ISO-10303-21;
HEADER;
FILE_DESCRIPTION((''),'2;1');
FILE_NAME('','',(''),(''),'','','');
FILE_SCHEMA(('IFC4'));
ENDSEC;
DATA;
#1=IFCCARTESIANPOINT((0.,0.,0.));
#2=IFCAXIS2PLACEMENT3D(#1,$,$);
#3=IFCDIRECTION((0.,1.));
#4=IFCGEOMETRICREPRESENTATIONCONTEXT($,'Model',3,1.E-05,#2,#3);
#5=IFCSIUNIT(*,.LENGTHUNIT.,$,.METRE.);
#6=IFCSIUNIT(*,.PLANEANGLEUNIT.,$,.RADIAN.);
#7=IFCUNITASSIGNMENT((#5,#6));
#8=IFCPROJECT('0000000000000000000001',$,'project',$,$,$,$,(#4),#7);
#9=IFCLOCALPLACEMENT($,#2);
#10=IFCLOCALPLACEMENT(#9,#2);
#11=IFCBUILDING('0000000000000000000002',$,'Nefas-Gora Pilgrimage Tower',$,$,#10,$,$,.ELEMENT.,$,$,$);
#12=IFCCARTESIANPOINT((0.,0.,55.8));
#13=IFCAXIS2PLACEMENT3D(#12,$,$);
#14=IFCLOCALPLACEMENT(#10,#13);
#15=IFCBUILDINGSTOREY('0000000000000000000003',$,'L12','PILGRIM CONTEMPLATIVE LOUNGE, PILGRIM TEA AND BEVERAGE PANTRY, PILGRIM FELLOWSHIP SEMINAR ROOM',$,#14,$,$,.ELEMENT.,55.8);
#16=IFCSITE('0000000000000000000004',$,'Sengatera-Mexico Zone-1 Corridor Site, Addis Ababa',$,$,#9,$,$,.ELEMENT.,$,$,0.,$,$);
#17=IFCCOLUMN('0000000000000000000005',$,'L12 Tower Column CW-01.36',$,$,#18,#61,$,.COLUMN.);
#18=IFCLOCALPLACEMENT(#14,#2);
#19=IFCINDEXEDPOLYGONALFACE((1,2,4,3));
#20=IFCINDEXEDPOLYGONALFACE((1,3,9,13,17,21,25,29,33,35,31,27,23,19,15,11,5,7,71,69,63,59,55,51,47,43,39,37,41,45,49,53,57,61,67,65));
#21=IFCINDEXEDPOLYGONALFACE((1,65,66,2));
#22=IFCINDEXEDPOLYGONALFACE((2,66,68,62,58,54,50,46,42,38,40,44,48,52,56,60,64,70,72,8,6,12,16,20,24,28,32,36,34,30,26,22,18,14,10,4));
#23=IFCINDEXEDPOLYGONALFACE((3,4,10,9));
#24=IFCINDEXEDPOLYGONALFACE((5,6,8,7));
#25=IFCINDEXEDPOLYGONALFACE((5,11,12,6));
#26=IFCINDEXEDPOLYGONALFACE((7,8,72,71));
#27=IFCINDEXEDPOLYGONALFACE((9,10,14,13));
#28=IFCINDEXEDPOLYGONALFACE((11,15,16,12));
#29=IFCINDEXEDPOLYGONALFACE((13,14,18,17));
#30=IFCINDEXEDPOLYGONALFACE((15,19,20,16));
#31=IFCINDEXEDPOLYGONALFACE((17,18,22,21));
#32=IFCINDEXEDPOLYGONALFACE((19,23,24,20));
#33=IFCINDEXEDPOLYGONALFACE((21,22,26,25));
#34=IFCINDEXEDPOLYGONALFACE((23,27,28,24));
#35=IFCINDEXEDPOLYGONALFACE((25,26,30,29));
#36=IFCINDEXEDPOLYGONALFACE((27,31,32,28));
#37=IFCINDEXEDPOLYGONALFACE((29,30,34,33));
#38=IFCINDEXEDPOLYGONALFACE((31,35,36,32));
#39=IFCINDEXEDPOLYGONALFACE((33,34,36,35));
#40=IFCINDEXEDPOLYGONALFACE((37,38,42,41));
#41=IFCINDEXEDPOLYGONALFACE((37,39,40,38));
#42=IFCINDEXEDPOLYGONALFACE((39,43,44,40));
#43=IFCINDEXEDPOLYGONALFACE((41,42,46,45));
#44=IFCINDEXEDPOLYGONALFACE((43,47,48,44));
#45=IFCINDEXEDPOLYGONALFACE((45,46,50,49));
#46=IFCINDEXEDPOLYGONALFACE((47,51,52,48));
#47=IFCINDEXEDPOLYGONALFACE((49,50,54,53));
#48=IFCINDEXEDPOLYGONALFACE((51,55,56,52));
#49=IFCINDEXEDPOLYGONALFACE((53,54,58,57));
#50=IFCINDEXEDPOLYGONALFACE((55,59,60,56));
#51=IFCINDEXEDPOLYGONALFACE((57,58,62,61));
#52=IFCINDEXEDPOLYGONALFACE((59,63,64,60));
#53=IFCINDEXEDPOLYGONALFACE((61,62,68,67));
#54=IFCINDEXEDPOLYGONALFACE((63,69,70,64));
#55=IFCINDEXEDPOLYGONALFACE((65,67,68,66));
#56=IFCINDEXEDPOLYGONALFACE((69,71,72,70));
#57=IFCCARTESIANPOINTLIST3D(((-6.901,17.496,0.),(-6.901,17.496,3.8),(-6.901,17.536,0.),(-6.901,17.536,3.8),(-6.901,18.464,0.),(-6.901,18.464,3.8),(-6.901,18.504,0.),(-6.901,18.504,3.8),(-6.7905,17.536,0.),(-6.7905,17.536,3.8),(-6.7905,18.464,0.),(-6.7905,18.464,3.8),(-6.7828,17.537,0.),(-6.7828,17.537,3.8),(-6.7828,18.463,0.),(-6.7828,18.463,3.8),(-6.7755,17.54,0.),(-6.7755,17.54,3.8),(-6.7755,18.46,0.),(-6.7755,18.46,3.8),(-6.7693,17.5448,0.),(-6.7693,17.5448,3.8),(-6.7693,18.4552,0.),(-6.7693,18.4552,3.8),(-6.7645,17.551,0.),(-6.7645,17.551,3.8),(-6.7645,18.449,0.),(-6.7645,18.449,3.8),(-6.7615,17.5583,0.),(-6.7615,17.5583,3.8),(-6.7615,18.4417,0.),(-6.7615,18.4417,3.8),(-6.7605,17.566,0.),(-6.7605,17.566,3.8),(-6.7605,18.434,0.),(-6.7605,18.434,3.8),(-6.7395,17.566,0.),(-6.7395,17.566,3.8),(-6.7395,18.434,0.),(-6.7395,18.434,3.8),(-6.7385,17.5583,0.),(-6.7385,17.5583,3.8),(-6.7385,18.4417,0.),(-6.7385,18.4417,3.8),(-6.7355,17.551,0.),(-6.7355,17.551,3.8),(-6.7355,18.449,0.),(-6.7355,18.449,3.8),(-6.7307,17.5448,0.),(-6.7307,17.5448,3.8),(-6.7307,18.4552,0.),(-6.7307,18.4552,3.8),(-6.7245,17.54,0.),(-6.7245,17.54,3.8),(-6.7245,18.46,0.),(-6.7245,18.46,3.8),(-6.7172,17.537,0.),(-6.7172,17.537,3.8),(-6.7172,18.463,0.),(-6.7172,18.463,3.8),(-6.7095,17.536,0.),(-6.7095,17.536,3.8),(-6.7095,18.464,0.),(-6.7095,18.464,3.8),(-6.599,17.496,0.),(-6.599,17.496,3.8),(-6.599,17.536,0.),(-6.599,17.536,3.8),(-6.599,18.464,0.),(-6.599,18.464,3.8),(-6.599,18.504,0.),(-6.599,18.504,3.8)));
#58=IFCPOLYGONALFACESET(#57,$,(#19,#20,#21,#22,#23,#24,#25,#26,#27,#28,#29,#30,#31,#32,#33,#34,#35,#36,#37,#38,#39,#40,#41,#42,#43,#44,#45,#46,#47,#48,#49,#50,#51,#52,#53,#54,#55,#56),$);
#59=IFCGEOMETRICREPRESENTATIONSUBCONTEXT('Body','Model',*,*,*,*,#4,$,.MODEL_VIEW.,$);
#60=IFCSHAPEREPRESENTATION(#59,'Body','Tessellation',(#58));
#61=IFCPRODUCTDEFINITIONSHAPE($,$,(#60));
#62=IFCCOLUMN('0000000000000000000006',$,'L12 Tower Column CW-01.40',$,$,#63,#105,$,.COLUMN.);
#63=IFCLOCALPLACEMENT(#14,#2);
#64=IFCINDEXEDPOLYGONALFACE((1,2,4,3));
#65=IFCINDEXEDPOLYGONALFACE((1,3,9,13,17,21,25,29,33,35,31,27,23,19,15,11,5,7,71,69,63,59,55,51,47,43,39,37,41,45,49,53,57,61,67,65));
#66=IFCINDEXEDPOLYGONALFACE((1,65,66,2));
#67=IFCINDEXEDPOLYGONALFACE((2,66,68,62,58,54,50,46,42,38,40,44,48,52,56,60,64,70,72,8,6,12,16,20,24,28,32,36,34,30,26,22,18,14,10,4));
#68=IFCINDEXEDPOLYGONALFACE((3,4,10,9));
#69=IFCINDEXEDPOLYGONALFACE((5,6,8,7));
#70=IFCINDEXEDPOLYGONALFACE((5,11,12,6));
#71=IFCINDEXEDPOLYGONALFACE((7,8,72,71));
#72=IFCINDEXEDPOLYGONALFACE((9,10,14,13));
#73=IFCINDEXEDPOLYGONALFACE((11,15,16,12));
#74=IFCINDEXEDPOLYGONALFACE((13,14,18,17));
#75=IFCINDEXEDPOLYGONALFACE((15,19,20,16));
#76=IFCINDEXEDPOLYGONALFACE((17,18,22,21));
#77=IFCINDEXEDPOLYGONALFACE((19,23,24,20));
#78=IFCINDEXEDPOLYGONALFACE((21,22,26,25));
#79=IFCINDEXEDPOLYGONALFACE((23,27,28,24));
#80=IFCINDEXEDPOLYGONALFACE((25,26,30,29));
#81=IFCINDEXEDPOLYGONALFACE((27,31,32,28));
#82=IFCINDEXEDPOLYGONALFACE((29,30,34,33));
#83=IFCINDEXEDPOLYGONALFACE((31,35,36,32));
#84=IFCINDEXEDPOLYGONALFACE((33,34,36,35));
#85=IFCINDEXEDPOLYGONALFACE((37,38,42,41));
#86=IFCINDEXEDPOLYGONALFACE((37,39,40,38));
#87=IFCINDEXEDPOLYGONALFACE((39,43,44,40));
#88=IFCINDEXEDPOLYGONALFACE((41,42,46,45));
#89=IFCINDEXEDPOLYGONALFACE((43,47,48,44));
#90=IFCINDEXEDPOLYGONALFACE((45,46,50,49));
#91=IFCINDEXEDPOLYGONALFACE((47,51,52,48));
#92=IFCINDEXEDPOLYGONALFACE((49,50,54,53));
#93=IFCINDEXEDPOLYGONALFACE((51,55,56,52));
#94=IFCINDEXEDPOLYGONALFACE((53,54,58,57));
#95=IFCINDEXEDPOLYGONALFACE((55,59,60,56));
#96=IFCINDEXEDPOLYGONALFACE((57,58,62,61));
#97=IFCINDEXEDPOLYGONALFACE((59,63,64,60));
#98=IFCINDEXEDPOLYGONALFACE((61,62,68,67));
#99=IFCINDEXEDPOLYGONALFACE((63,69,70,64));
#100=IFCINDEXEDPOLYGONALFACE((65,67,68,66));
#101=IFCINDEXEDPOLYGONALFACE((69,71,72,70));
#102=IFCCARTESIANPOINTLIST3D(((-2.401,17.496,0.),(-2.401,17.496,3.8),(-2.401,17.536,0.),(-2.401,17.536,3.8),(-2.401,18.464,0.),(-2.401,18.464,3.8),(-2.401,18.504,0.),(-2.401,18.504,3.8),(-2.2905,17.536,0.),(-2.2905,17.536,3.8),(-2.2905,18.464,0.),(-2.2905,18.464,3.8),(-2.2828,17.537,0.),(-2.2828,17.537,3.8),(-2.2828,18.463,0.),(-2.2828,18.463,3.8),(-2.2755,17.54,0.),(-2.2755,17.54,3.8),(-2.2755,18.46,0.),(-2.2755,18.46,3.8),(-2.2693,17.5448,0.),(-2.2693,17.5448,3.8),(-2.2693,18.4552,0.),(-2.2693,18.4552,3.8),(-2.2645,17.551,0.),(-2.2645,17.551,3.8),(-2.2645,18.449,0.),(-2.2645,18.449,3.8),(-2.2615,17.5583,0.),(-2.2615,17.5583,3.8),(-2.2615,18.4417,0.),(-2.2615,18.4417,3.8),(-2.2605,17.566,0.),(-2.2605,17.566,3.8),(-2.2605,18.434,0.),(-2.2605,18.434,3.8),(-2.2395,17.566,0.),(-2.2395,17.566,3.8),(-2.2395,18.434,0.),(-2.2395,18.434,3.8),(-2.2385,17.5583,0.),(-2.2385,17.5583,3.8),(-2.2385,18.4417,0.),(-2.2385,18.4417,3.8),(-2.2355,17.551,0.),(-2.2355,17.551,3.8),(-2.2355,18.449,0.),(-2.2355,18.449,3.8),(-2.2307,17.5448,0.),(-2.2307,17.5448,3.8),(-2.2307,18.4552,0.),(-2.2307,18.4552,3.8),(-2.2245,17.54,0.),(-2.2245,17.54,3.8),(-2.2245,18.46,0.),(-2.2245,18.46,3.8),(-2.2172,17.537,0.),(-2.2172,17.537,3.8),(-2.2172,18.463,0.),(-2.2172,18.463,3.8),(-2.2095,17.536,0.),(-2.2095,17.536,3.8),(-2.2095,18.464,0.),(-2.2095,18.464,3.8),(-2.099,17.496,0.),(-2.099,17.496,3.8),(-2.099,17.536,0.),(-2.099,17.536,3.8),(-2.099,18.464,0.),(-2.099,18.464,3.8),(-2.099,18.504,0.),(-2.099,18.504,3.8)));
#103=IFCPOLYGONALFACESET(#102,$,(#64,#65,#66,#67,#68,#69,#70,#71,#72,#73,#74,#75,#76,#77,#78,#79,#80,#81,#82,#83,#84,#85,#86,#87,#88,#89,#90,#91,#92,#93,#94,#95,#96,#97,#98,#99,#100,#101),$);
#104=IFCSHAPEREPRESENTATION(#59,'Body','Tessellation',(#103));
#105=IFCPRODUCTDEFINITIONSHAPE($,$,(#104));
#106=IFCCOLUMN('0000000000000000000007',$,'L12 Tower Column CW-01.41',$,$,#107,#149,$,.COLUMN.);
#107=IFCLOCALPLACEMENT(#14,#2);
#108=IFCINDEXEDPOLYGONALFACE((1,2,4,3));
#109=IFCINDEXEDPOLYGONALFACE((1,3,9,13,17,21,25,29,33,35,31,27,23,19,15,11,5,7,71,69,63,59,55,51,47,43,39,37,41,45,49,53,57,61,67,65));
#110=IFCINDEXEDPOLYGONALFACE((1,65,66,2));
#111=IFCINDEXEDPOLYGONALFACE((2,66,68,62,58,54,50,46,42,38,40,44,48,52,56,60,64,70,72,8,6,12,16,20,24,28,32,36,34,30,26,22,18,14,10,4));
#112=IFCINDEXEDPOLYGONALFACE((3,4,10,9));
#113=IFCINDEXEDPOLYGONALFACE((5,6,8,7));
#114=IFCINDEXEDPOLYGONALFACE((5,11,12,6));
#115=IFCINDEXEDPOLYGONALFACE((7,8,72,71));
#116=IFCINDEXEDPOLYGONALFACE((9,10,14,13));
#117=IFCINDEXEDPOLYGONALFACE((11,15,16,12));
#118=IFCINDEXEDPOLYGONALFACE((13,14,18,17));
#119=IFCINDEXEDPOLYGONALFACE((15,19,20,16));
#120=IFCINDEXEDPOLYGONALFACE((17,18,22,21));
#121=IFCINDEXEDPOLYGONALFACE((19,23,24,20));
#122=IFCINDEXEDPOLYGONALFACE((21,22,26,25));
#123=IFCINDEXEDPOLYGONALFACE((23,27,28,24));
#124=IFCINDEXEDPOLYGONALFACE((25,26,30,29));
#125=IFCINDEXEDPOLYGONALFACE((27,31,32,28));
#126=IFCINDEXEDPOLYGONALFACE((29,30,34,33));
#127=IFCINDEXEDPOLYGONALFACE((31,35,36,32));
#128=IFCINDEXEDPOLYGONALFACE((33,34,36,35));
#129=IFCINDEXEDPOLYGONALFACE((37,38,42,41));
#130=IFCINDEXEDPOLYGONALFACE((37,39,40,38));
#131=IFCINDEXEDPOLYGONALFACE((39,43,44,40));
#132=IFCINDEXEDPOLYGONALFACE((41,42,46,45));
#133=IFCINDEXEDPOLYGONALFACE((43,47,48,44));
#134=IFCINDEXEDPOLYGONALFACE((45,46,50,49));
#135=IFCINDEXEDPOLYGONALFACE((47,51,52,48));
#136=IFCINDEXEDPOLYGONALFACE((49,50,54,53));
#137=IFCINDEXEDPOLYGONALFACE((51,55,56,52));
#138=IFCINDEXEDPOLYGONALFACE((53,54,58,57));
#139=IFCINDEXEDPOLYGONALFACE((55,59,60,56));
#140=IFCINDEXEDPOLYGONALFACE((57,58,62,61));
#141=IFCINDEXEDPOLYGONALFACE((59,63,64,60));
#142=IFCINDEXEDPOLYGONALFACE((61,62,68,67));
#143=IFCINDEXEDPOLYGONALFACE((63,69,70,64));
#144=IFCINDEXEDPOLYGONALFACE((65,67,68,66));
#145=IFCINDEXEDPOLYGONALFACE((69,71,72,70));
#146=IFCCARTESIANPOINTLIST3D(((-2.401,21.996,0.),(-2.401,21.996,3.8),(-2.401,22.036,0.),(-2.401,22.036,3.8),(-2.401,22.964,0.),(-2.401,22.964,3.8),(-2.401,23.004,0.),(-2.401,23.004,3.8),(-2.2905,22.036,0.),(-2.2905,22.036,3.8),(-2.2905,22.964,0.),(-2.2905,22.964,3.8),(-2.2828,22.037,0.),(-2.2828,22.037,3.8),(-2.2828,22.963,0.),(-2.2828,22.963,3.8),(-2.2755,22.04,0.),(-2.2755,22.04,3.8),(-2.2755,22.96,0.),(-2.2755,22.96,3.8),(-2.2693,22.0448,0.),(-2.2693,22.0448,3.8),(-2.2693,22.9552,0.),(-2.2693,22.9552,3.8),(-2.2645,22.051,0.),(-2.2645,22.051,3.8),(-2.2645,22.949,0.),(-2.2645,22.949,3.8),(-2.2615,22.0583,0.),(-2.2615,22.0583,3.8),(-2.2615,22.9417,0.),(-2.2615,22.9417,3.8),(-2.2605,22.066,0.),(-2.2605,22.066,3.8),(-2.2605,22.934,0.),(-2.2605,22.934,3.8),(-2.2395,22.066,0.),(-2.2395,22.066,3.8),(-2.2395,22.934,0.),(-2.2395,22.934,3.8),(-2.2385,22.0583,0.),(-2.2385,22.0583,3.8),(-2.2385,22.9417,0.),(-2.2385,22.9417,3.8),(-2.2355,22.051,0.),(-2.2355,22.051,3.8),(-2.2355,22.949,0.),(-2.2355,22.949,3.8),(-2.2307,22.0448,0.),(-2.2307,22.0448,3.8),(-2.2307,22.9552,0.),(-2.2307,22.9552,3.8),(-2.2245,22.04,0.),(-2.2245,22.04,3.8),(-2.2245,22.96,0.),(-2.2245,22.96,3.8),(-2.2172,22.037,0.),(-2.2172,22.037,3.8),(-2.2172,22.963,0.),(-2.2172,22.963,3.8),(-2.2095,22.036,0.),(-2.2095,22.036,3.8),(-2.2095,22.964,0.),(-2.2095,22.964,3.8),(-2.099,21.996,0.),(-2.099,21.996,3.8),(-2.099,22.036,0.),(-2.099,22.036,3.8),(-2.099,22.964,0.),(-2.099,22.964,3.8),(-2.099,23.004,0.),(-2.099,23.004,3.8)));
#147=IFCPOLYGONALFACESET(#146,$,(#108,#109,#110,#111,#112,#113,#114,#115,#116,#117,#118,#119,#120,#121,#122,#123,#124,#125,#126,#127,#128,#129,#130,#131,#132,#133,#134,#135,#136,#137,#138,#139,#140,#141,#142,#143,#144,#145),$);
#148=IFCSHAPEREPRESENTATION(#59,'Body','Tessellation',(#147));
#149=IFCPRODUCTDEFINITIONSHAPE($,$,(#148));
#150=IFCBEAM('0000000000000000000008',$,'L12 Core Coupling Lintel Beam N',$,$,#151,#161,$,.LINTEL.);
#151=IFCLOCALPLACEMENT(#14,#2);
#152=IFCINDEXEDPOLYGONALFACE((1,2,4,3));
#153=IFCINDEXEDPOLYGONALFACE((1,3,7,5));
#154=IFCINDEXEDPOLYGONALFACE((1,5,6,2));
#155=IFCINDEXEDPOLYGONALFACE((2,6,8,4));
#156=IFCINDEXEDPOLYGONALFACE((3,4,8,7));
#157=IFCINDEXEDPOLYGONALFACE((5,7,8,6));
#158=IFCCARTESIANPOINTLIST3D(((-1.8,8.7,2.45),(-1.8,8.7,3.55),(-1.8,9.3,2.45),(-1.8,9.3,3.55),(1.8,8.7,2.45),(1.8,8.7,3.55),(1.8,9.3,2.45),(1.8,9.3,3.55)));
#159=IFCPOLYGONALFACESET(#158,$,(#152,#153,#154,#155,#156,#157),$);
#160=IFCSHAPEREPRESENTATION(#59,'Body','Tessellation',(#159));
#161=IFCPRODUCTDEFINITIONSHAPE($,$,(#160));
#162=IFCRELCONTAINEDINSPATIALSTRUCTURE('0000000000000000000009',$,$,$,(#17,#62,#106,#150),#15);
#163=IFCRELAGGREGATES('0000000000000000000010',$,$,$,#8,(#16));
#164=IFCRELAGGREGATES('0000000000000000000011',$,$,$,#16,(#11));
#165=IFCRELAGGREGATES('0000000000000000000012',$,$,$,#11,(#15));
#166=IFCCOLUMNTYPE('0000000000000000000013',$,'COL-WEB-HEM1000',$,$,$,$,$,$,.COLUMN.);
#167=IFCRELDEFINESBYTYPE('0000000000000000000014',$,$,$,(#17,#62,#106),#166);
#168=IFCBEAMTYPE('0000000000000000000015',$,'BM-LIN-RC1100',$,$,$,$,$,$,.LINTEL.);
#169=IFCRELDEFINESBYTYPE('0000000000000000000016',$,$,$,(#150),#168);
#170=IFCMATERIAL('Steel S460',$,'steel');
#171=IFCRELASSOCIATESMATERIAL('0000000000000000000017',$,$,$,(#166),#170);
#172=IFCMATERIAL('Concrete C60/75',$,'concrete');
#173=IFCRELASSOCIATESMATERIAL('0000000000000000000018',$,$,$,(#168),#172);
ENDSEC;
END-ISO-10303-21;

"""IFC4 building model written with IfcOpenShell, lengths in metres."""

from ifc_helpers import new_model, si_unit, direction, frame, origin, origin_2d, place, context, subcontext, project, spatial, rectangle, i_section, extrude, source, transform, mapped, material, material_profile, profile_set, type_object, element, save


model = new_model("IFC4")

# Units and contexts
model_context = context("Model", 3, precision=1e-05, world=origin(), true_north=direction((0.0, 1.0)))
body_context = subcontext(model_context, "Body", "Model", "MODEL_VIEW")
ifc_project = project(units=[si_unit("LENGTHUNIT", "METRE"), si_unit("PLANEANGLEUNIT", "RADIAN")], contexts=[model_context])

# Site, building, storey
site_placement = place(None, origin())
site = spatial("IfcSite", under=ifc_project, at=site_placement, Name="Sengatera-Mexico Zone-1 Corridor Site, Addis Ababa", CompositionType="ELEMENT", RefElevation=0.0)
building_placement = place(site_placement, origin())
building = spatial("IfcBuilding", under=site, at=building_placement, Name="Nefas-Gora Pilgrimage Tower", CompositionType="ELEMENT")
storey_placement = place(building_placement, frame((0.0, 0.0, 55.8)))
storey = spatial("IfcBuildingStorey", under=building, at=storey_placement, Name="L12", Description="PILGRIM CONTEMPLATIVE LOUNGE, PILGRIM TEA AND BEVERAGE PANTRY, PILGRIM FELLOWSHIP SEMINAR ROOM", CompositionType="ELEMENT", Elevation=55.8)

# Columns
ifc_material_1 = material(Name="Steel S460", Category="steel")
ifc_material_profile_1 = material_profile(ifc_material_1, i_section(OverallWidth=0.302, OverallDepth=1.0081, WebThickness=0.021, FlangeThickness=0.04, FilletRadius=0.03, at=origin_2d()), Name="HEM 1000")
ifc_profile_set_1 = profile_set([ifc_material_profile_1], Name="Steel S460")
column_type_1 = type_object("IfcColumnType", Name="COL-WEB-HEM1000", PredefinedType="COLUMN", material=ifc_profile_set_1)
shared_shape_1 = source(origin(), body_context, "Body", "SweptSolid", [
    extrude(i_section(OverallWidth=0.302, OverallDepth=1.0081, WebThickness=0.021, FlangeThickness=0.04, FilletRadius=0.03, at=origin_2d()), origin(), (0.0, 0.0, 1.0), 3.8),
])
for number, where, z_axis, x_axis, name in (
    (1, (-6.75, 18.0, 0.0), (0.0, 0.0, 1.0), (1.0, 0.0, 0.0), "L12 Tower Column CW-01.36"),
    (2, (-2.25, 18.0, 0.0), (0.0, 0.0, 1.0), (1.0, 0.0, 0.0), "L12 Tower Column CW-01.40"),
    (3, (-2.25, 22.5, 0.0), (0.0, 0.0, 1.0), (1.0, 0.0, 0.0), "L12 Tower Column CW-01.41"),
):
    element("IfcColumn", number, at=place(storey_placement, frame(where, z_axis=z_axis, x_axis=x_axis)), inside=storey, type_object=column_type_1, Name=name, PredefinedType="COLUMN", context=body_context, shape_type="MappedRepresentation", body=[
        mapped(shared_shape_1, transform((0.0, 0.0, 0.0), x_axis=(1.0, 0.0, 0.0), y_axis=(0.0, 1.0, 0.0), z_axis=(0.0, 0.0, 1.0), scale=1.0)),
    ])

# Beam
ifc_material_2 = material(Name="Concrete C60/75", Category="concrete")
ifc_material_profile_2 = material_profile(ifc_material_2, rectangle(XDim=0.6001, YDim=1.1001, at=origin_2d()), Name="RC 600x1100")
ifc_profile_set_2 = profile_set([ifc_material_profile_2], Name="Concrete C60/75")
beam_type_1 = type_object("IfcBeamType", Name="BM-LIN-RC1100", PredefinedType="LINTEL", material=ifc_profile_set_2)
shared_shape_2 = source(origin(), body_context, "Body", "SweptSolid", [
    extrude(rectangle(XDim=0.6001, YDim=1.1001, at=origin_2d()), origin(), (0.0, 0.0, 1.0), 3.6001),
])
beam_1_placement = place(storey_placement, frame((-1.8, 9.0, 3.0), z_axis=(1.0, 0.0, 0.0), x_axis=(0.0, 1.0, 0.0)))
element("IfcBeam", 4, at=beam_1_placement, inside=storey, type_object=beam_type_1, Name="L12 Core Coupling Lintel Beam N", PredefinedType="LINTEL", context=body_context, shape_type="MappedRepresentation", body=[
    mapped(shared_shape_2, transform((0.0, 0.0, 0.0), x_axis=(1.0, 0.0, 0.0), y_axis=(0.0, 1.0, 0.0), z_axis=(0.0, 0.0, 1.0), scale=1.0)),
])

save(model, "model.ifc")
